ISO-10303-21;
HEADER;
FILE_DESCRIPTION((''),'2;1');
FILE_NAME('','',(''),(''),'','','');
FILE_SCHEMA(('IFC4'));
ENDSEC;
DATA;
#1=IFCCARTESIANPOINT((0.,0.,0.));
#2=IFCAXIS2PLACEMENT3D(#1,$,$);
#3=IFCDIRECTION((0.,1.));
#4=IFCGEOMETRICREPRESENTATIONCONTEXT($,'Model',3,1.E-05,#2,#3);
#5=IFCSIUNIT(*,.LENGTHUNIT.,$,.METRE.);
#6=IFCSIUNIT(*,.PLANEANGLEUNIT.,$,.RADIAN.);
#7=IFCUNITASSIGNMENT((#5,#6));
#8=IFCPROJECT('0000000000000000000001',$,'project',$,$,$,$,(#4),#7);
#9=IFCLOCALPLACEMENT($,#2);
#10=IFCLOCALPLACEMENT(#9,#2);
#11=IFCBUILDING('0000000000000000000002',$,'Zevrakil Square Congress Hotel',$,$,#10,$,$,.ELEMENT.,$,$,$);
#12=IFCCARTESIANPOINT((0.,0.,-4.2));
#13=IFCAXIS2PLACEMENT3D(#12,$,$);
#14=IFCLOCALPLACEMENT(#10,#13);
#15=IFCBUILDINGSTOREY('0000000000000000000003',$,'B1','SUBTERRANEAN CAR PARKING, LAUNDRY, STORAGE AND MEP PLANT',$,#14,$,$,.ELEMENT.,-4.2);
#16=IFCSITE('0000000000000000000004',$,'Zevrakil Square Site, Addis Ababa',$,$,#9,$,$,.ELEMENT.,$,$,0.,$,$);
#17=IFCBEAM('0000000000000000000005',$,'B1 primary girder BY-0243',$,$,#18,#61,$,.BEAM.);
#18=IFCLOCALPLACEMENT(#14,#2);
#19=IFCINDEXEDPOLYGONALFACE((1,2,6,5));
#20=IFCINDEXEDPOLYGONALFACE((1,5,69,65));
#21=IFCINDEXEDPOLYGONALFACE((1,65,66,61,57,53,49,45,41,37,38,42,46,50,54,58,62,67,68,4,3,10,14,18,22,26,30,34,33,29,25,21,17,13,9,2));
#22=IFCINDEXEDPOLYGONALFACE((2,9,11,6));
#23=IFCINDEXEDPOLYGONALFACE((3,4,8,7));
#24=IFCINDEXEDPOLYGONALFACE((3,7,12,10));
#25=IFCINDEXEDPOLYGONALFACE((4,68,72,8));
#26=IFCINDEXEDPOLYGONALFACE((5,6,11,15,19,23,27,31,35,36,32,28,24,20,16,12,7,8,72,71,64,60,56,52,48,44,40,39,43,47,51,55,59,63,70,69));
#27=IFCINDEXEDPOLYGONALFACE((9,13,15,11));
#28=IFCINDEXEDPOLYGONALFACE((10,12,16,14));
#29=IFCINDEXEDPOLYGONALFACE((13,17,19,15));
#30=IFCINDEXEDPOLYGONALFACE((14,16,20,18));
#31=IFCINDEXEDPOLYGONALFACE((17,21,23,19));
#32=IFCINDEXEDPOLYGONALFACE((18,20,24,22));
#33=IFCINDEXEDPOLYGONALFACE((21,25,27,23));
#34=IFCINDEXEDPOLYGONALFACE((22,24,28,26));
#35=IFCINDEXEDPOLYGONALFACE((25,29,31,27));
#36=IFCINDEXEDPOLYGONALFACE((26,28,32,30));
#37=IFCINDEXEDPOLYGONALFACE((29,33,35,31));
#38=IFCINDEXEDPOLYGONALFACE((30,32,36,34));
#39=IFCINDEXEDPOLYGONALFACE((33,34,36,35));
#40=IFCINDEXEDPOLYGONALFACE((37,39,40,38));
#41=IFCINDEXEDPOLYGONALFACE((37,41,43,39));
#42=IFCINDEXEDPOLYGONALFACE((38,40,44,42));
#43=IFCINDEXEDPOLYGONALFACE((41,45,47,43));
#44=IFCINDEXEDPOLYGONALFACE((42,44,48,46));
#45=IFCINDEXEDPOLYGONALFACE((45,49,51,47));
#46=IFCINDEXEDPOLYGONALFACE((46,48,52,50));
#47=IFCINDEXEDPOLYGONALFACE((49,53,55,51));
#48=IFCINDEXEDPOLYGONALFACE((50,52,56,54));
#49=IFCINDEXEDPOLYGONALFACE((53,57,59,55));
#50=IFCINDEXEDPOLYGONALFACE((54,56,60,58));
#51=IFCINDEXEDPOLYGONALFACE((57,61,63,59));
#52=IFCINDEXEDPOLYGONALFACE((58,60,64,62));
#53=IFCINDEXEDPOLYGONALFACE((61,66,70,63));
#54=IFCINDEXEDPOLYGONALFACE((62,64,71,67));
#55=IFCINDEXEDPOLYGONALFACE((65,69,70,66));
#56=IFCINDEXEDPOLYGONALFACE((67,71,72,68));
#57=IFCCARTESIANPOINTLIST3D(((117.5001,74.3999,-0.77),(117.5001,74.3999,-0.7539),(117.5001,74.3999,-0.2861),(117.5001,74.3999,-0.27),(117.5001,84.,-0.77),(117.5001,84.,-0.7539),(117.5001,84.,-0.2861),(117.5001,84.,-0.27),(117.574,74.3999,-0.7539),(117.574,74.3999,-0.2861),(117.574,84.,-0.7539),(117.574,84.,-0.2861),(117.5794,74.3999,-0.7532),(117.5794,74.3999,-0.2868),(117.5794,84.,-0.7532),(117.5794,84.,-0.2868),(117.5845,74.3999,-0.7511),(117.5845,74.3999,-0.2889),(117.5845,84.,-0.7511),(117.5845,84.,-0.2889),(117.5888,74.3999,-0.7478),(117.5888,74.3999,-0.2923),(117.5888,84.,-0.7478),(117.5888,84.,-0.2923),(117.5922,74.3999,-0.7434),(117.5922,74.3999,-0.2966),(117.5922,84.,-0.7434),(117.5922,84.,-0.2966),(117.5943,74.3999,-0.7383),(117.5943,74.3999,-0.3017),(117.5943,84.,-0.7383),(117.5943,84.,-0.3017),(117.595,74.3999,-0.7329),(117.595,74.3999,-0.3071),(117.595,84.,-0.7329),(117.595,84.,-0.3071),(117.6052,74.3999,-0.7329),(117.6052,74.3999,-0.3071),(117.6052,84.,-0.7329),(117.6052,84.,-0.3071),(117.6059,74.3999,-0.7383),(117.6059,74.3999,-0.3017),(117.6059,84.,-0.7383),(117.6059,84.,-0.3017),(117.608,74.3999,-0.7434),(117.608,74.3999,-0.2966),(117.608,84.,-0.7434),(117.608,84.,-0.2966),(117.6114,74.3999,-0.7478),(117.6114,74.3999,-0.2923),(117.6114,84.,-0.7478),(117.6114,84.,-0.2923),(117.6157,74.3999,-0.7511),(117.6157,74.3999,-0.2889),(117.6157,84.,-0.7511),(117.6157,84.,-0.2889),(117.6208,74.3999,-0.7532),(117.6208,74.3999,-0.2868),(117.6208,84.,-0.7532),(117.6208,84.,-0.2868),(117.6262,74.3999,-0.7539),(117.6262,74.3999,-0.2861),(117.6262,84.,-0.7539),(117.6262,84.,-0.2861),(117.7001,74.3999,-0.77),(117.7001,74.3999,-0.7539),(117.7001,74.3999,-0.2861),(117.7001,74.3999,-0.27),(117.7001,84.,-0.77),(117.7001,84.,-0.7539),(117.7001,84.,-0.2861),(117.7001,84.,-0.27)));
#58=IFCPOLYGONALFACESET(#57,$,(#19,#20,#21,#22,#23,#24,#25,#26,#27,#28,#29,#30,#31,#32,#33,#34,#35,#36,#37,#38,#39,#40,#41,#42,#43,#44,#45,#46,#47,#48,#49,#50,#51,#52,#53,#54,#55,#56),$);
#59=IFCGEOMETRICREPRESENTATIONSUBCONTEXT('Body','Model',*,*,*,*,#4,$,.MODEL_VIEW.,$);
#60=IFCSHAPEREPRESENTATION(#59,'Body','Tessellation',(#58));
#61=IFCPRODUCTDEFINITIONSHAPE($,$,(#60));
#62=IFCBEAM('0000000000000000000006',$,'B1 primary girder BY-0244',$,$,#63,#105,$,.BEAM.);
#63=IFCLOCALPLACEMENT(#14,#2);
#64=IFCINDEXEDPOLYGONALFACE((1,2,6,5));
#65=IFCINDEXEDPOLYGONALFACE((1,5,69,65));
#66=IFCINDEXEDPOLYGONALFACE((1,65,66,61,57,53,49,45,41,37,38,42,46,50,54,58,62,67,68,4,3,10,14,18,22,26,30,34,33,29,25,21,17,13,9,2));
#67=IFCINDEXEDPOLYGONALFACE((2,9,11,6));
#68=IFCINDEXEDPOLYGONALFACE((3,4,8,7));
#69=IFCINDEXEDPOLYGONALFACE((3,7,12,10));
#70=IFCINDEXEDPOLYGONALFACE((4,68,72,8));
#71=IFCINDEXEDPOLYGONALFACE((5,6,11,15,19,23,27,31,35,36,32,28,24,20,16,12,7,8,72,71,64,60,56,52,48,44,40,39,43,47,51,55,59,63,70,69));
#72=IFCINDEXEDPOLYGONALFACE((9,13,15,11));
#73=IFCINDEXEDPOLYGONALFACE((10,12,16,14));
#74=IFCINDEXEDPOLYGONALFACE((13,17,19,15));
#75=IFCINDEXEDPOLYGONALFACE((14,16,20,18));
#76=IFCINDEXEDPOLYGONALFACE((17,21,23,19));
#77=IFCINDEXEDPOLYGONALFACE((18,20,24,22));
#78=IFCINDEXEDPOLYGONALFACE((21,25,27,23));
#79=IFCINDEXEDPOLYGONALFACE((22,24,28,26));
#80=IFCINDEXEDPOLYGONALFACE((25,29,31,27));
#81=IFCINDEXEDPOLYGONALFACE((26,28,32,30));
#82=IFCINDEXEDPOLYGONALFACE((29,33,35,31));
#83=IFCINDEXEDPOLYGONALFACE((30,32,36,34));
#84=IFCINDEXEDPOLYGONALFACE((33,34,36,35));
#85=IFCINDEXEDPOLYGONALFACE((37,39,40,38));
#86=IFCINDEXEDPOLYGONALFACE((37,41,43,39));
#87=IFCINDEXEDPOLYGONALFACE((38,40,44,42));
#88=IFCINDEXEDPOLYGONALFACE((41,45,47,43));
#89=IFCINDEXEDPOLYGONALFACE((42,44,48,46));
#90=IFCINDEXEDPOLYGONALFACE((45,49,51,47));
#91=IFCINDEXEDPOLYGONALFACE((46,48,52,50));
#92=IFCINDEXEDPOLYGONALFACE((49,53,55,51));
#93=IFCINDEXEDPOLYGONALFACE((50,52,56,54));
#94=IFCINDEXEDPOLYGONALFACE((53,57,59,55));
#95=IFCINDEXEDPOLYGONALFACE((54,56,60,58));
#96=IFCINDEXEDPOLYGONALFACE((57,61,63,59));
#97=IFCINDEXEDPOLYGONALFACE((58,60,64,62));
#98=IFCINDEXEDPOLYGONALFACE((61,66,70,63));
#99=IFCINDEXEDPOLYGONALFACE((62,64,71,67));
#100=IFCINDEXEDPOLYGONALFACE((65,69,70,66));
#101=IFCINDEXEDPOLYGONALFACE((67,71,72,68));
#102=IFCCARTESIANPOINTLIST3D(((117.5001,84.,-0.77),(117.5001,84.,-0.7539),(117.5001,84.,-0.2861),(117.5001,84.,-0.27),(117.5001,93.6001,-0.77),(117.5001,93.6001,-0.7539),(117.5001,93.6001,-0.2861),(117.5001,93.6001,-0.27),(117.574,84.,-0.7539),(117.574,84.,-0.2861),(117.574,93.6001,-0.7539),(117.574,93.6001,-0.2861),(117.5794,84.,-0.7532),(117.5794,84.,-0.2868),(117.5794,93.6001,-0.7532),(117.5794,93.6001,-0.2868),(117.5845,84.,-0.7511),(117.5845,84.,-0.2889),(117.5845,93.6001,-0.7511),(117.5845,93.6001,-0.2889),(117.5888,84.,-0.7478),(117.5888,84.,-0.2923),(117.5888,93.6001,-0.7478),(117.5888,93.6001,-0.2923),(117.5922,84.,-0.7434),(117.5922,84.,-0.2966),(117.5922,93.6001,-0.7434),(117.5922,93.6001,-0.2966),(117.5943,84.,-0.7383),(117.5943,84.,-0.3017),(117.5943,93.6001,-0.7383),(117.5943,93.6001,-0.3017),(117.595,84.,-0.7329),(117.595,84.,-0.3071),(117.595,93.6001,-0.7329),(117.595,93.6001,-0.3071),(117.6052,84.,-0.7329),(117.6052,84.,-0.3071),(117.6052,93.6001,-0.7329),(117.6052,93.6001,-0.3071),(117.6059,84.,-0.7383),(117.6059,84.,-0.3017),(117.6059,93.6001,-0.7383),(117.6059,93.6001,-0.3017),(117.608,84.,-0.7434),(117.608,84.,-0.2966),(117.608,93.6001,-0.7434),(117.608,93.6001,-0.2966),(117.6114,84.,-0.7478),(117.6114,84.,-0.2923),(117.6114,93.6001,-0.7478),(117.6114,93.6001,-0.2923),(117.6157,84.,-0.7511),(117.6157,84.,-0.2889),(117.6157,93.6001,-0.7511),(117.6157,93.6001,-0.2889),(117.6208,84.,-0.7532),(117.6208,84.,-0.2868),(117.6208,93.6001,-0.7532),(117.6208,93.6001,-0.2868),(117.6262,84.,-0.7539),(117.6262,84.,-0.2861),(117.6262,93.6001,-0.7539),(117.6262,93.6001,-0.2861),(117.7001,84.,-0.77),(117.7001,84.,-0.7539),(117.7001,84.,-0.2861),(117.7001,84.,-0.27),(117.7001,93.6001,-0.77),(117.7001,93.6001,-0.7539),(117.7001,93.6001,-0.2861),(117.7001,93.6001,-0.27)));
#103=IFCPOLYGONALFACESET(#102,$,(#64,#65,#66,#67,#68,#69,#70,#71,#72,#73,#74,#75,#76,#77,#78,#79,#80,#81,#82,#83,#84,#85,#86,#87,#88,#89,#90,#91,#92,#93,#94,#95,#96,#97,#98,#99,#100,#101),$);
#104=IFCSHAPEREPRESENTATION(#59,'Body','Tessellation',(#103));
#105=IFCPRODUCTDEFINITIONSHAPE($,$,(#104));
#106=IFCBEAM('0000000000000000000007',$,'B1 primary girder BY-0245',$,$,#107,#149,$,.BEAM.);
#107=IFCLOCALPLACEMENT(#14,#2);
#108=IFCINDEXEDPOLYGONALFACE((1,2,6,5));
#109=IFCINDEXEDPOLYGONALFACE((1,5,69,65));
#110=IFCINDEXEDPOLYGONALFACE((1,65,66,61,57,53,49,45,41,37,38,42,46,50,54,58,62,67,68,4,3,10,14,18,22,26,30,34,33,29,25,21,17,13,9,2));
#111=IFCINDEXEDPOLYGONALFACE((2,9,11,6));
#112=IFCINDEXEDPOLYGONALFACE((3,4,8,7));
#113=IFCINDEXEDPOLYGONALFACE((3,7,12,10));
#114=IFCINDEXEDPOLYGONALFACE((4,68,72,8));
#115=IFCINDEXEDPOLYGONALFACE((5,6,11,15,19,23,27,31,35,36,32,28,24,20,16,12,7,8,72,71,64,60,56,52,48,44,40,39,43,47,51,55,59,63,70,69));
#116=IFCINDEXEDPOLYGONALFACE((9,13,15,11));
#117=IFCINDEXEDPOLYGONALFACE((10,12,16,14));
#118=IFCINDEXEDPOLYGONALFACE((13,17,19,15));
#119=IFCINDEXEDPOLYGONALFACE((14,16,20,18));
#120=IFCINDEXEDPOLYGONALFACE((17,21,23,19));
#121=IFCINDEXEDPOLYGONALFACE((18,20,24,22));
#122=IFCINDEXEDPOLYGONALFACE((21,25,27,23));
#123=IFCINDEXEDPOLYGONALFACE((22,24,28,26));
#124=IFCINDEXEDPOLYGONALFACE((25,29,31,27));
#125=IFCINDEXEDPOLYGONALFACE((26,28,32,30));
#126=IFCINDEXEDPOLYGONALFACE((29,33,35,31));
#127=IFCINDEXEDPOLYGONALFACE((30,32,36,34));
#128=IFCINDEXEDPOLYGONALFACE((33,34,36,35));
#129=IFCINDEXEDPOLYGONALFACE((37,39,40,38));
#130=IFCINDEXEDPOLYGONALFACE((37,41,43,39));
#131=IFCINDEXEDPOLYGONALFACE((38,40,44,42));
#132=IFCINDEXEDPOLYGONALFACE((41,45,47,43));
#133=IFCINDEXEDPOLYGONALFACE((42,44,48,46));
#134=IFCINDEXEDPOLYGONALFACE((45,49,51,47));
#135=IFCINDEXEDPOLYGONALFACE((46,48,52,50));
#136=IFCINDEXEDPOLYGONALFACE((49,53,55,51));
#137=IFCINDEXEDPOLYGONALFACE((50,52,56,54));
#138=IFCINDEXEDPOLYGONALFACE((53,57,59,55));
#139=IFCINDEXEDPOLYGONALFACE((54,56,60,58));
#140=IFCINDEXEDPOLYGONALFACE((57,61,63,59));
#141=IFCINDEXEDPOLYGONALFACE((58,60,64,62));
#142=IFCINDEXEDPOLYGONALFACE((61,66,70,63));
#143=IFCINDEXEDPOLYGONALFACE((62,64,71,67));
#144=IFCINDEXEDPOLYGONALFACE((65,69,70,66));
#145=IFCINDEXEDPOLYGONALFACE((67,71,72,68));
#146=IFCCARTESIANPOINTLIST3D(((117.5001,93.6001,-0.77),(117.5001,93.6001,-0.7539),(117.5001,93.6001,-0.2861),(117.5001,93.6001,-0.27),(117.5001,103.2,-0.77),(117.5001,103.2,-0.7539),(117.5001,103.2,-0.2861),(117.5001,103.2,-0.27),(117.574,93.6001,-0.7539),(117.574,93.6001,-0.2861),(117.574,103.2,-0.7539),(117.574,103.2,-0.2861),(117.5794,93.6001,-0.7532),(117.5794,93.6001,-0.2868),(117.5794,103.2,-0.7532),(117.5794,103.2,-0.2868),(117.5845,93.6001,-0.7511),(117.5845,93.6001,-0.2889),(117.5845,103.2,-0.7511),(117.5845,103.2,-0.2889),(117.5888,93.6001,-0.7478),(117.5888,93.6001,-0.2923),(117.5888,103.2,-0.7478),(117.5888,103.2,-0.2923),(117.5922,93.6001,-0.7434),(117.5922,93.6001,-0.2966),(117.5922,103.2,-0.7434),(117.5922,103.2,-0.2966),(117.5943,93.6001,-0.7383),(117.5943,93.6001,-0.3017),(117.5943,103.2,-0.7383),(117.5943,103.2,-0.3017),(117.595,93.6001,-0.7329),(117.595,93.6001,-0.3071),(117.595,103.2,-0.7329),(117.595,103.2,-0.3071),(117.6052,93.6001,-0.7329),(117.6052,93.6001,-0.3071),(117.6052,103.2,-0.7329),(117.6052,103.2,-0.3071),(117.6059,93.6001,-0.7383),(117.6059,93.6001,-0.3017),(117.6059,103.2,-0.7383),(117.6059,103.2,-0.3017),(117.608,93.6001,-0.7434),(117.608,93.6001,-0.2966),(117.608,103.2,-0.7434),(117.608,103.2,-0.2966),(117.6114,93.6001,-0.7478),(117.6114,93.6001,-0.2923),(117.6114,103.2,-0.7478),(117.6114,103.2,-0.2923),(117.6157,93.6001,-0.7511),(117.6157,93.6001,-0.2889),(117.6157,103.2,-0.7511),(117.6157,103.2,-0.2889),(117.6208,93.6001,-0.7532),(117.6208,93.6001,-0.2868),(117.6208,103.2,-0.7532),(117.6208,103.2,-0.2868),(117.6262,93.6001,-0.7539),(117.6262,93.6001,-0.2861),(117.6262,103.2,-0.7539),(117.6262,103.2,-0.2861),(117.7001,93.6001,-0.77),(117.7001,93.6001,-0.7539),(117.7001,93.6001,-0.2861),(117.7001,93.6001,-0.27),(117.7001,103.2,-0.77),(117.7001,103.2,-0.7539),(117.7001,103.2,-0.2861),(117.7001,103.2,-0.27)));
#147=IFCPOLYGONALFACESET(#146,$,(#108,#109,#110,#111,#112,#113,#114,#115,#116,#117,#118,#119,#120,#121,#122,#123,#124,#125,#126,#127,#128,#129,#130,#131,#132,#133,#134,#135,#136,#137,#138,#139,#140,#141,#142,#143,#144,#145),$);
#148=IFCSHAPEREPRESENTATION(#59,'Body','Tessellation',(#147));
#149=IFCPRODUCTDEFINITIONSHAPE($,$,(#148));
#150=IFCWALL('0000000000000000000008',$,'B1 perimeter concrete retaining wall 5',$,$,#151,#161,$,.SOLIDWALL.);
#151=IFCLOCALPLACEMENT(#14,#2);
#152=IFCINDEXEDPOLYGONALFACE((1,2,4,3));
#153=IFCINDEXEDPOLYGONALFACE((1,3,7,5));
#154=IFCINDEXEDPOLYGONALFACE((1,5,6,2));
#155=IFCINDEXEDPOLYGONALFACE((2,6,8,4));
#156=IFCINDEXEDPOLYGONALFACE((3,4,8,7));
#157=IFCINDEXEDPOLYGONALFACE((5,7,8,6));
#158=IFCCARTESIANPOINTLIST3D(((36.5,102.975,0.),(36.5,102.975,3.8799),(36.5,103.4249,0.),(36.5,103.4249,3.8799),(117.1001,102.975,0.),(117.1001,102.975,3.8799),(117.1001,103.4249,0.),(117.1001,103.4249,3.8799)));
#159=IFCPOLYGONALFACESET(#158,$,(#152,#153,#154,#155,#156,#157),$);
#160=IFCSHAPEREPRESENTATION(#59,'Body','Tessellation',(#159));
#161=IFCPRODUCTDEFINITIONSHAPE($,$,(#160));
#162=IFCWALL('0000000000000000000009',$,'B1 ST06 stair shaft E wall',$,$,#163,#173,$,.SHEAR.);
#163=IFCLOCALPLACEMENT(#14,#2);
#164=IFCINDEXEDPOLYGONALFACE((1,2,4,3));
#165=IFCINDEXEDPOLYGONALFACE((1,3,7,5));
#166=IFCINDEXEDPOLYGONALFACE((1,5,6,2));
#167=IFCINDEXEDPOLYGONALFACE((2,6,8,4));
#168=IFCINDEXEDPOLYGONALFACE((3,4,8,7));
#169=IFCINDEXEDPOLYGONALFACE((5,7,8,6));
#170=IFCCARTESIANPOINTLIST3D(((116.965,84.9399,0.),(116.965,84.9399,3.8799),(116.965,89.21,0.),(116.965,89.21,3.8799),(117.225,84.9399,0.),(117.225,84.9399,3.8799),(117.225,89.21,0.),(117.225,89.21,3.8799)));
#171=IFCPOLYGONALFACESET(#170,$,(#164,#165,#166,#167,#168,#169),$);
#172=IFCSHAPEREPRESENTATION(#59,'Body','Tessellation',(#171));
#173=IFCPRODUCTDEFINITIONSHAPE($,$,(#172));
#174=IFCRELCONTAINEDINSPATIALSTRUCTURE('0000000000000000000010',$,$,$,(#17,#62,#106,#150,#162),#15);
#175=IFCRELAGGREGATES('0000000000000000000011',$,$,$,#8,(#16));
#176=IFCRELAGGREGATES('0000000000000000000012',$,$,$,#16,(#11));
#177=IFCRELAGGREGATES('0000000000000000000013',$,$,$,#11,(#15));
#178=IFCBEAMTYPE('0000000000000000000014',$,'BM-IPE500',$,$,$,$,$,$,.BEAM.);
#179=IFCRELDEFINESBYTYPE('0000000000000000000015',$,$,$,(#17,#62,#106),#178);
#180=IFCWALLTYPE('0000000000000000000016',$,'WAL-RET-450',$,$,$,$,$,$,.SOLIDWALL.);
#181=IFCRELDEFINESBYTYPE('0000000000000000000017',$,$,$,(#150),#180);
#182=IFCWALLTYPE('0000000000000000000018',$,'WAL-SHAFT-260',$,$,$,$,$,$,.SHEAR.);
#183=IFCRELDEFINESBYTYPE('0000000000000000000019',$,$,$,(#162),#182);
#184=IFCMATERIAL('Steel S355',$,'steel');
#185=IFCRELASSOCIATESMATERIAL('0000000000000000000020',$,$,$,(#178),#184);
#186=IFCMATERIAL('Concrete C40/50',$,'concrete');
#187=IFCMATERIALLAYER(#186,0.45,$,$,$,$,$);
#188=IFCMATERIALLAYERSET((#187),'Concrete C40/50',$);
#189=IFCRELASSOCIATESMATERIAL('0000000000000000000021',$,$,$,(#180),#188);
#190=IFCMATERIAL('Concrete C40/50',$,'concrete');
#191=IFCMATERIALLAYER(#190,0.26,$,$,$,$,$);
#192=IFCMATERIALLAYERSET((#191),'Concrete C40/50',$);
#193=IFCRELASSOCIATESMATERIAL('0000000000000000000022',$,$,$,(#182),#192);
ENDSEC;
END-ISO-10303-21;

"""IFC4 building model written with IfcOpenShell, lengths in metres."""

from ifc_helpers import new_model, si_unit, direction, frame, frame_2d, origin, origin_2d, place, context, subcontext, project, spatial, rectangle, i_section, extrude, material, layer, layer_set, material_profile, profile_set, type_object, element, save


model = new_model("IFC4")

# Units and contexts
model_context = context("Model", 3, precision=1e-05, world=origin(), true_north=direction((0.0, 1.0)))
body_context = subcontext(model_context, "Body", "Model", "MODEL_VIEW")
ifc_project = project(units=[si_unit("LENGTHUNIT", "METRE"), si_unit("PLANEANGLEUNIT", "RADIAN")], contexts=[model_context])

# Site, building, storey
site_placement = place(None, origin())
site = spatial("IfcSite", under=ifc_project, at=site_placement, Name="Zevrakil Square Site, Addis Ababa", CompositionType="ELEMENT", RefElevation=0.0)
building_placement = place(site_placement, origin())
building = spatial("IfcBuilding", under=site, at=building_placement, Name="Zevrakil Square Congress Hotel", CompositionType="ELEMENT")
storey_placement = place(building_placement, frame((0.0, 0.0, -4.2)))
storey = spatial("IfcBuildingStorey", under=building, at=storey_placement, Name="B1", Description="SUBTERRANEAN CAR PARKING, LAUNDRY, STORAGE AND MEP PLANT", CompositionType="ELEMENT", Elevation=-4.2)

# Beams
ifc_material_1 = material(Name="Steel S355", Category="steel")
ifc_material_profile_1 = material_profile(ifc_material_1, i_section(OverallWidth=0.2, OverallDepth=0.5, WebThickness=0.0103, FlangeThickness=0.0161, FilletRadius=0.021, at=origin_2d()), Name="IPE 500")
ifc_profile_set_1 = profile_set([ifc_material_profile_1], Name="Steel S355")
beam_type = type_object("IfcBeamType", Name="BM-IPE500", PredefinedType="BEAM", material=ifc_profile_set_1)
for number, where, z_axis, x_axis, name in (
    (1, (117.6001, 74.3999, -0.52), (0.0, 1.0, 0.0), (-1.0, 0.0, 0.0), "B1 primary girder BY-0243"),
    (2, (117.6001, 84.0, -0.52), (0.0, 1.0, 0.0), (-1.0, 0.0, 0.0), "B1 primary girder BY-0244"),
):
    element("IfcBeam", number, at=place(storey_placement, frame(where, z_axis=z_axis, x_axis=x_axis)), inside=storey, type_object=beam_type, Name=name, PredefinedType="BEAM", context=body_context, shape_type="SweptSolid", body=[
        extrude(i_section(OverallWidth=0.2, OverallDepth=0.5, WebThickness=0.0103, FlangeThickness=0.0161, FilletRadius=0.021, at=origin_2d()), origin(), (0.0, 0.0, 1.0), 9.6001),
    ])
beam_placement = place(storey_placement, frame((117.6001, 93.6001, -0.52), z_axis=(0.0, 1.0, 0.0), x_axis=(-1.0, 0.0, 0.0)))
element("IfcBeam", 3, at=beam_placement, inside=storey, type_object=beam_type, Name="B1 primary girder BY-0245", PredefinedType="BEAM", context=body_context, shape_type="SweptSolid", body=[
    extrude(i_section(OverallWidth=0.2, OverallDepth=0.5, WebThickness=0.0103, FlangeThickness=0.0161, FilletRadius=0.021, at=origin_2d()), origin(), (0.0, 0.0, 1.0), 9.5999),
])

# Walls
ifc_material_2 = material(Name="Concrete C40/50", Category="concrete")
ifc_layer_1 = layer(ifc_material_2, 0.45)
ifc_layer_set_1 = layer_set([ifc_layer_1], Name="Concrete C40/50")
wall_type_1 = type_object("IfcWallType", Name="WAL-RET-450", PredefinedType="SOLIDWALL", material=ifc_layer_set_1)
wall_1_placement = place(storey_placement, frame((117.1001, 103.2, 0.0), z_axis=(0.0, 0.0, 1.0), x_axis=(-1.0, 0.0, 0.0)))
element("IfcWall", 4, at=wall_1_placement, inside=storey, type_object=wall_type_1, Name="B1 perimeter concrete retaining wall 5", PredefinedType="SOLIDWALL", context=body_context, shape_type="SweptSolid", body=[
    extrude(rectangle(XDim=80.6001, YDim=0.45, at=frame_2d((40.3, 0.0))), origin(), (0.0, 0.0, 1.0), 3.8799),
])
ifc_material_3 = material(Name="Concrete C40/50", Category="concrete")
ifc_layer_2 = layer(ifc_material_3, 0.26)
ifc_layer_set_2 = layer_set([ifc_layer_2], Name="Concrete C40/50")
wall_type_2 = type_object("IfcWallType", Name="WAL-SHAFT-260", PredefinedType="SHEAR", material=ifc_layer_set_2)
wall_2_placement = place(storey_placement, frame((117.095, 84.9399, 0.0), z_axis=(0.0, 0.0, 1.0), x_axis=(0.0, 1.0, 0.0)))
element("IfcWall", 5, at=wall_2_placement, inside=storey, type_object=wall_type_2, Name="B1 ST06 stair shaft E wall", PredefinedType="SHEAR", context=body_context, shape_type="SweptSolid", body=[
    extrude(rectangle(XDim=4.27, YDim=0.26, at=frame_2d((2.135, 0.0))), origin(), (0.0, 0.0, 1.0), 3.8799),
])

save(model, "model.ifc")
